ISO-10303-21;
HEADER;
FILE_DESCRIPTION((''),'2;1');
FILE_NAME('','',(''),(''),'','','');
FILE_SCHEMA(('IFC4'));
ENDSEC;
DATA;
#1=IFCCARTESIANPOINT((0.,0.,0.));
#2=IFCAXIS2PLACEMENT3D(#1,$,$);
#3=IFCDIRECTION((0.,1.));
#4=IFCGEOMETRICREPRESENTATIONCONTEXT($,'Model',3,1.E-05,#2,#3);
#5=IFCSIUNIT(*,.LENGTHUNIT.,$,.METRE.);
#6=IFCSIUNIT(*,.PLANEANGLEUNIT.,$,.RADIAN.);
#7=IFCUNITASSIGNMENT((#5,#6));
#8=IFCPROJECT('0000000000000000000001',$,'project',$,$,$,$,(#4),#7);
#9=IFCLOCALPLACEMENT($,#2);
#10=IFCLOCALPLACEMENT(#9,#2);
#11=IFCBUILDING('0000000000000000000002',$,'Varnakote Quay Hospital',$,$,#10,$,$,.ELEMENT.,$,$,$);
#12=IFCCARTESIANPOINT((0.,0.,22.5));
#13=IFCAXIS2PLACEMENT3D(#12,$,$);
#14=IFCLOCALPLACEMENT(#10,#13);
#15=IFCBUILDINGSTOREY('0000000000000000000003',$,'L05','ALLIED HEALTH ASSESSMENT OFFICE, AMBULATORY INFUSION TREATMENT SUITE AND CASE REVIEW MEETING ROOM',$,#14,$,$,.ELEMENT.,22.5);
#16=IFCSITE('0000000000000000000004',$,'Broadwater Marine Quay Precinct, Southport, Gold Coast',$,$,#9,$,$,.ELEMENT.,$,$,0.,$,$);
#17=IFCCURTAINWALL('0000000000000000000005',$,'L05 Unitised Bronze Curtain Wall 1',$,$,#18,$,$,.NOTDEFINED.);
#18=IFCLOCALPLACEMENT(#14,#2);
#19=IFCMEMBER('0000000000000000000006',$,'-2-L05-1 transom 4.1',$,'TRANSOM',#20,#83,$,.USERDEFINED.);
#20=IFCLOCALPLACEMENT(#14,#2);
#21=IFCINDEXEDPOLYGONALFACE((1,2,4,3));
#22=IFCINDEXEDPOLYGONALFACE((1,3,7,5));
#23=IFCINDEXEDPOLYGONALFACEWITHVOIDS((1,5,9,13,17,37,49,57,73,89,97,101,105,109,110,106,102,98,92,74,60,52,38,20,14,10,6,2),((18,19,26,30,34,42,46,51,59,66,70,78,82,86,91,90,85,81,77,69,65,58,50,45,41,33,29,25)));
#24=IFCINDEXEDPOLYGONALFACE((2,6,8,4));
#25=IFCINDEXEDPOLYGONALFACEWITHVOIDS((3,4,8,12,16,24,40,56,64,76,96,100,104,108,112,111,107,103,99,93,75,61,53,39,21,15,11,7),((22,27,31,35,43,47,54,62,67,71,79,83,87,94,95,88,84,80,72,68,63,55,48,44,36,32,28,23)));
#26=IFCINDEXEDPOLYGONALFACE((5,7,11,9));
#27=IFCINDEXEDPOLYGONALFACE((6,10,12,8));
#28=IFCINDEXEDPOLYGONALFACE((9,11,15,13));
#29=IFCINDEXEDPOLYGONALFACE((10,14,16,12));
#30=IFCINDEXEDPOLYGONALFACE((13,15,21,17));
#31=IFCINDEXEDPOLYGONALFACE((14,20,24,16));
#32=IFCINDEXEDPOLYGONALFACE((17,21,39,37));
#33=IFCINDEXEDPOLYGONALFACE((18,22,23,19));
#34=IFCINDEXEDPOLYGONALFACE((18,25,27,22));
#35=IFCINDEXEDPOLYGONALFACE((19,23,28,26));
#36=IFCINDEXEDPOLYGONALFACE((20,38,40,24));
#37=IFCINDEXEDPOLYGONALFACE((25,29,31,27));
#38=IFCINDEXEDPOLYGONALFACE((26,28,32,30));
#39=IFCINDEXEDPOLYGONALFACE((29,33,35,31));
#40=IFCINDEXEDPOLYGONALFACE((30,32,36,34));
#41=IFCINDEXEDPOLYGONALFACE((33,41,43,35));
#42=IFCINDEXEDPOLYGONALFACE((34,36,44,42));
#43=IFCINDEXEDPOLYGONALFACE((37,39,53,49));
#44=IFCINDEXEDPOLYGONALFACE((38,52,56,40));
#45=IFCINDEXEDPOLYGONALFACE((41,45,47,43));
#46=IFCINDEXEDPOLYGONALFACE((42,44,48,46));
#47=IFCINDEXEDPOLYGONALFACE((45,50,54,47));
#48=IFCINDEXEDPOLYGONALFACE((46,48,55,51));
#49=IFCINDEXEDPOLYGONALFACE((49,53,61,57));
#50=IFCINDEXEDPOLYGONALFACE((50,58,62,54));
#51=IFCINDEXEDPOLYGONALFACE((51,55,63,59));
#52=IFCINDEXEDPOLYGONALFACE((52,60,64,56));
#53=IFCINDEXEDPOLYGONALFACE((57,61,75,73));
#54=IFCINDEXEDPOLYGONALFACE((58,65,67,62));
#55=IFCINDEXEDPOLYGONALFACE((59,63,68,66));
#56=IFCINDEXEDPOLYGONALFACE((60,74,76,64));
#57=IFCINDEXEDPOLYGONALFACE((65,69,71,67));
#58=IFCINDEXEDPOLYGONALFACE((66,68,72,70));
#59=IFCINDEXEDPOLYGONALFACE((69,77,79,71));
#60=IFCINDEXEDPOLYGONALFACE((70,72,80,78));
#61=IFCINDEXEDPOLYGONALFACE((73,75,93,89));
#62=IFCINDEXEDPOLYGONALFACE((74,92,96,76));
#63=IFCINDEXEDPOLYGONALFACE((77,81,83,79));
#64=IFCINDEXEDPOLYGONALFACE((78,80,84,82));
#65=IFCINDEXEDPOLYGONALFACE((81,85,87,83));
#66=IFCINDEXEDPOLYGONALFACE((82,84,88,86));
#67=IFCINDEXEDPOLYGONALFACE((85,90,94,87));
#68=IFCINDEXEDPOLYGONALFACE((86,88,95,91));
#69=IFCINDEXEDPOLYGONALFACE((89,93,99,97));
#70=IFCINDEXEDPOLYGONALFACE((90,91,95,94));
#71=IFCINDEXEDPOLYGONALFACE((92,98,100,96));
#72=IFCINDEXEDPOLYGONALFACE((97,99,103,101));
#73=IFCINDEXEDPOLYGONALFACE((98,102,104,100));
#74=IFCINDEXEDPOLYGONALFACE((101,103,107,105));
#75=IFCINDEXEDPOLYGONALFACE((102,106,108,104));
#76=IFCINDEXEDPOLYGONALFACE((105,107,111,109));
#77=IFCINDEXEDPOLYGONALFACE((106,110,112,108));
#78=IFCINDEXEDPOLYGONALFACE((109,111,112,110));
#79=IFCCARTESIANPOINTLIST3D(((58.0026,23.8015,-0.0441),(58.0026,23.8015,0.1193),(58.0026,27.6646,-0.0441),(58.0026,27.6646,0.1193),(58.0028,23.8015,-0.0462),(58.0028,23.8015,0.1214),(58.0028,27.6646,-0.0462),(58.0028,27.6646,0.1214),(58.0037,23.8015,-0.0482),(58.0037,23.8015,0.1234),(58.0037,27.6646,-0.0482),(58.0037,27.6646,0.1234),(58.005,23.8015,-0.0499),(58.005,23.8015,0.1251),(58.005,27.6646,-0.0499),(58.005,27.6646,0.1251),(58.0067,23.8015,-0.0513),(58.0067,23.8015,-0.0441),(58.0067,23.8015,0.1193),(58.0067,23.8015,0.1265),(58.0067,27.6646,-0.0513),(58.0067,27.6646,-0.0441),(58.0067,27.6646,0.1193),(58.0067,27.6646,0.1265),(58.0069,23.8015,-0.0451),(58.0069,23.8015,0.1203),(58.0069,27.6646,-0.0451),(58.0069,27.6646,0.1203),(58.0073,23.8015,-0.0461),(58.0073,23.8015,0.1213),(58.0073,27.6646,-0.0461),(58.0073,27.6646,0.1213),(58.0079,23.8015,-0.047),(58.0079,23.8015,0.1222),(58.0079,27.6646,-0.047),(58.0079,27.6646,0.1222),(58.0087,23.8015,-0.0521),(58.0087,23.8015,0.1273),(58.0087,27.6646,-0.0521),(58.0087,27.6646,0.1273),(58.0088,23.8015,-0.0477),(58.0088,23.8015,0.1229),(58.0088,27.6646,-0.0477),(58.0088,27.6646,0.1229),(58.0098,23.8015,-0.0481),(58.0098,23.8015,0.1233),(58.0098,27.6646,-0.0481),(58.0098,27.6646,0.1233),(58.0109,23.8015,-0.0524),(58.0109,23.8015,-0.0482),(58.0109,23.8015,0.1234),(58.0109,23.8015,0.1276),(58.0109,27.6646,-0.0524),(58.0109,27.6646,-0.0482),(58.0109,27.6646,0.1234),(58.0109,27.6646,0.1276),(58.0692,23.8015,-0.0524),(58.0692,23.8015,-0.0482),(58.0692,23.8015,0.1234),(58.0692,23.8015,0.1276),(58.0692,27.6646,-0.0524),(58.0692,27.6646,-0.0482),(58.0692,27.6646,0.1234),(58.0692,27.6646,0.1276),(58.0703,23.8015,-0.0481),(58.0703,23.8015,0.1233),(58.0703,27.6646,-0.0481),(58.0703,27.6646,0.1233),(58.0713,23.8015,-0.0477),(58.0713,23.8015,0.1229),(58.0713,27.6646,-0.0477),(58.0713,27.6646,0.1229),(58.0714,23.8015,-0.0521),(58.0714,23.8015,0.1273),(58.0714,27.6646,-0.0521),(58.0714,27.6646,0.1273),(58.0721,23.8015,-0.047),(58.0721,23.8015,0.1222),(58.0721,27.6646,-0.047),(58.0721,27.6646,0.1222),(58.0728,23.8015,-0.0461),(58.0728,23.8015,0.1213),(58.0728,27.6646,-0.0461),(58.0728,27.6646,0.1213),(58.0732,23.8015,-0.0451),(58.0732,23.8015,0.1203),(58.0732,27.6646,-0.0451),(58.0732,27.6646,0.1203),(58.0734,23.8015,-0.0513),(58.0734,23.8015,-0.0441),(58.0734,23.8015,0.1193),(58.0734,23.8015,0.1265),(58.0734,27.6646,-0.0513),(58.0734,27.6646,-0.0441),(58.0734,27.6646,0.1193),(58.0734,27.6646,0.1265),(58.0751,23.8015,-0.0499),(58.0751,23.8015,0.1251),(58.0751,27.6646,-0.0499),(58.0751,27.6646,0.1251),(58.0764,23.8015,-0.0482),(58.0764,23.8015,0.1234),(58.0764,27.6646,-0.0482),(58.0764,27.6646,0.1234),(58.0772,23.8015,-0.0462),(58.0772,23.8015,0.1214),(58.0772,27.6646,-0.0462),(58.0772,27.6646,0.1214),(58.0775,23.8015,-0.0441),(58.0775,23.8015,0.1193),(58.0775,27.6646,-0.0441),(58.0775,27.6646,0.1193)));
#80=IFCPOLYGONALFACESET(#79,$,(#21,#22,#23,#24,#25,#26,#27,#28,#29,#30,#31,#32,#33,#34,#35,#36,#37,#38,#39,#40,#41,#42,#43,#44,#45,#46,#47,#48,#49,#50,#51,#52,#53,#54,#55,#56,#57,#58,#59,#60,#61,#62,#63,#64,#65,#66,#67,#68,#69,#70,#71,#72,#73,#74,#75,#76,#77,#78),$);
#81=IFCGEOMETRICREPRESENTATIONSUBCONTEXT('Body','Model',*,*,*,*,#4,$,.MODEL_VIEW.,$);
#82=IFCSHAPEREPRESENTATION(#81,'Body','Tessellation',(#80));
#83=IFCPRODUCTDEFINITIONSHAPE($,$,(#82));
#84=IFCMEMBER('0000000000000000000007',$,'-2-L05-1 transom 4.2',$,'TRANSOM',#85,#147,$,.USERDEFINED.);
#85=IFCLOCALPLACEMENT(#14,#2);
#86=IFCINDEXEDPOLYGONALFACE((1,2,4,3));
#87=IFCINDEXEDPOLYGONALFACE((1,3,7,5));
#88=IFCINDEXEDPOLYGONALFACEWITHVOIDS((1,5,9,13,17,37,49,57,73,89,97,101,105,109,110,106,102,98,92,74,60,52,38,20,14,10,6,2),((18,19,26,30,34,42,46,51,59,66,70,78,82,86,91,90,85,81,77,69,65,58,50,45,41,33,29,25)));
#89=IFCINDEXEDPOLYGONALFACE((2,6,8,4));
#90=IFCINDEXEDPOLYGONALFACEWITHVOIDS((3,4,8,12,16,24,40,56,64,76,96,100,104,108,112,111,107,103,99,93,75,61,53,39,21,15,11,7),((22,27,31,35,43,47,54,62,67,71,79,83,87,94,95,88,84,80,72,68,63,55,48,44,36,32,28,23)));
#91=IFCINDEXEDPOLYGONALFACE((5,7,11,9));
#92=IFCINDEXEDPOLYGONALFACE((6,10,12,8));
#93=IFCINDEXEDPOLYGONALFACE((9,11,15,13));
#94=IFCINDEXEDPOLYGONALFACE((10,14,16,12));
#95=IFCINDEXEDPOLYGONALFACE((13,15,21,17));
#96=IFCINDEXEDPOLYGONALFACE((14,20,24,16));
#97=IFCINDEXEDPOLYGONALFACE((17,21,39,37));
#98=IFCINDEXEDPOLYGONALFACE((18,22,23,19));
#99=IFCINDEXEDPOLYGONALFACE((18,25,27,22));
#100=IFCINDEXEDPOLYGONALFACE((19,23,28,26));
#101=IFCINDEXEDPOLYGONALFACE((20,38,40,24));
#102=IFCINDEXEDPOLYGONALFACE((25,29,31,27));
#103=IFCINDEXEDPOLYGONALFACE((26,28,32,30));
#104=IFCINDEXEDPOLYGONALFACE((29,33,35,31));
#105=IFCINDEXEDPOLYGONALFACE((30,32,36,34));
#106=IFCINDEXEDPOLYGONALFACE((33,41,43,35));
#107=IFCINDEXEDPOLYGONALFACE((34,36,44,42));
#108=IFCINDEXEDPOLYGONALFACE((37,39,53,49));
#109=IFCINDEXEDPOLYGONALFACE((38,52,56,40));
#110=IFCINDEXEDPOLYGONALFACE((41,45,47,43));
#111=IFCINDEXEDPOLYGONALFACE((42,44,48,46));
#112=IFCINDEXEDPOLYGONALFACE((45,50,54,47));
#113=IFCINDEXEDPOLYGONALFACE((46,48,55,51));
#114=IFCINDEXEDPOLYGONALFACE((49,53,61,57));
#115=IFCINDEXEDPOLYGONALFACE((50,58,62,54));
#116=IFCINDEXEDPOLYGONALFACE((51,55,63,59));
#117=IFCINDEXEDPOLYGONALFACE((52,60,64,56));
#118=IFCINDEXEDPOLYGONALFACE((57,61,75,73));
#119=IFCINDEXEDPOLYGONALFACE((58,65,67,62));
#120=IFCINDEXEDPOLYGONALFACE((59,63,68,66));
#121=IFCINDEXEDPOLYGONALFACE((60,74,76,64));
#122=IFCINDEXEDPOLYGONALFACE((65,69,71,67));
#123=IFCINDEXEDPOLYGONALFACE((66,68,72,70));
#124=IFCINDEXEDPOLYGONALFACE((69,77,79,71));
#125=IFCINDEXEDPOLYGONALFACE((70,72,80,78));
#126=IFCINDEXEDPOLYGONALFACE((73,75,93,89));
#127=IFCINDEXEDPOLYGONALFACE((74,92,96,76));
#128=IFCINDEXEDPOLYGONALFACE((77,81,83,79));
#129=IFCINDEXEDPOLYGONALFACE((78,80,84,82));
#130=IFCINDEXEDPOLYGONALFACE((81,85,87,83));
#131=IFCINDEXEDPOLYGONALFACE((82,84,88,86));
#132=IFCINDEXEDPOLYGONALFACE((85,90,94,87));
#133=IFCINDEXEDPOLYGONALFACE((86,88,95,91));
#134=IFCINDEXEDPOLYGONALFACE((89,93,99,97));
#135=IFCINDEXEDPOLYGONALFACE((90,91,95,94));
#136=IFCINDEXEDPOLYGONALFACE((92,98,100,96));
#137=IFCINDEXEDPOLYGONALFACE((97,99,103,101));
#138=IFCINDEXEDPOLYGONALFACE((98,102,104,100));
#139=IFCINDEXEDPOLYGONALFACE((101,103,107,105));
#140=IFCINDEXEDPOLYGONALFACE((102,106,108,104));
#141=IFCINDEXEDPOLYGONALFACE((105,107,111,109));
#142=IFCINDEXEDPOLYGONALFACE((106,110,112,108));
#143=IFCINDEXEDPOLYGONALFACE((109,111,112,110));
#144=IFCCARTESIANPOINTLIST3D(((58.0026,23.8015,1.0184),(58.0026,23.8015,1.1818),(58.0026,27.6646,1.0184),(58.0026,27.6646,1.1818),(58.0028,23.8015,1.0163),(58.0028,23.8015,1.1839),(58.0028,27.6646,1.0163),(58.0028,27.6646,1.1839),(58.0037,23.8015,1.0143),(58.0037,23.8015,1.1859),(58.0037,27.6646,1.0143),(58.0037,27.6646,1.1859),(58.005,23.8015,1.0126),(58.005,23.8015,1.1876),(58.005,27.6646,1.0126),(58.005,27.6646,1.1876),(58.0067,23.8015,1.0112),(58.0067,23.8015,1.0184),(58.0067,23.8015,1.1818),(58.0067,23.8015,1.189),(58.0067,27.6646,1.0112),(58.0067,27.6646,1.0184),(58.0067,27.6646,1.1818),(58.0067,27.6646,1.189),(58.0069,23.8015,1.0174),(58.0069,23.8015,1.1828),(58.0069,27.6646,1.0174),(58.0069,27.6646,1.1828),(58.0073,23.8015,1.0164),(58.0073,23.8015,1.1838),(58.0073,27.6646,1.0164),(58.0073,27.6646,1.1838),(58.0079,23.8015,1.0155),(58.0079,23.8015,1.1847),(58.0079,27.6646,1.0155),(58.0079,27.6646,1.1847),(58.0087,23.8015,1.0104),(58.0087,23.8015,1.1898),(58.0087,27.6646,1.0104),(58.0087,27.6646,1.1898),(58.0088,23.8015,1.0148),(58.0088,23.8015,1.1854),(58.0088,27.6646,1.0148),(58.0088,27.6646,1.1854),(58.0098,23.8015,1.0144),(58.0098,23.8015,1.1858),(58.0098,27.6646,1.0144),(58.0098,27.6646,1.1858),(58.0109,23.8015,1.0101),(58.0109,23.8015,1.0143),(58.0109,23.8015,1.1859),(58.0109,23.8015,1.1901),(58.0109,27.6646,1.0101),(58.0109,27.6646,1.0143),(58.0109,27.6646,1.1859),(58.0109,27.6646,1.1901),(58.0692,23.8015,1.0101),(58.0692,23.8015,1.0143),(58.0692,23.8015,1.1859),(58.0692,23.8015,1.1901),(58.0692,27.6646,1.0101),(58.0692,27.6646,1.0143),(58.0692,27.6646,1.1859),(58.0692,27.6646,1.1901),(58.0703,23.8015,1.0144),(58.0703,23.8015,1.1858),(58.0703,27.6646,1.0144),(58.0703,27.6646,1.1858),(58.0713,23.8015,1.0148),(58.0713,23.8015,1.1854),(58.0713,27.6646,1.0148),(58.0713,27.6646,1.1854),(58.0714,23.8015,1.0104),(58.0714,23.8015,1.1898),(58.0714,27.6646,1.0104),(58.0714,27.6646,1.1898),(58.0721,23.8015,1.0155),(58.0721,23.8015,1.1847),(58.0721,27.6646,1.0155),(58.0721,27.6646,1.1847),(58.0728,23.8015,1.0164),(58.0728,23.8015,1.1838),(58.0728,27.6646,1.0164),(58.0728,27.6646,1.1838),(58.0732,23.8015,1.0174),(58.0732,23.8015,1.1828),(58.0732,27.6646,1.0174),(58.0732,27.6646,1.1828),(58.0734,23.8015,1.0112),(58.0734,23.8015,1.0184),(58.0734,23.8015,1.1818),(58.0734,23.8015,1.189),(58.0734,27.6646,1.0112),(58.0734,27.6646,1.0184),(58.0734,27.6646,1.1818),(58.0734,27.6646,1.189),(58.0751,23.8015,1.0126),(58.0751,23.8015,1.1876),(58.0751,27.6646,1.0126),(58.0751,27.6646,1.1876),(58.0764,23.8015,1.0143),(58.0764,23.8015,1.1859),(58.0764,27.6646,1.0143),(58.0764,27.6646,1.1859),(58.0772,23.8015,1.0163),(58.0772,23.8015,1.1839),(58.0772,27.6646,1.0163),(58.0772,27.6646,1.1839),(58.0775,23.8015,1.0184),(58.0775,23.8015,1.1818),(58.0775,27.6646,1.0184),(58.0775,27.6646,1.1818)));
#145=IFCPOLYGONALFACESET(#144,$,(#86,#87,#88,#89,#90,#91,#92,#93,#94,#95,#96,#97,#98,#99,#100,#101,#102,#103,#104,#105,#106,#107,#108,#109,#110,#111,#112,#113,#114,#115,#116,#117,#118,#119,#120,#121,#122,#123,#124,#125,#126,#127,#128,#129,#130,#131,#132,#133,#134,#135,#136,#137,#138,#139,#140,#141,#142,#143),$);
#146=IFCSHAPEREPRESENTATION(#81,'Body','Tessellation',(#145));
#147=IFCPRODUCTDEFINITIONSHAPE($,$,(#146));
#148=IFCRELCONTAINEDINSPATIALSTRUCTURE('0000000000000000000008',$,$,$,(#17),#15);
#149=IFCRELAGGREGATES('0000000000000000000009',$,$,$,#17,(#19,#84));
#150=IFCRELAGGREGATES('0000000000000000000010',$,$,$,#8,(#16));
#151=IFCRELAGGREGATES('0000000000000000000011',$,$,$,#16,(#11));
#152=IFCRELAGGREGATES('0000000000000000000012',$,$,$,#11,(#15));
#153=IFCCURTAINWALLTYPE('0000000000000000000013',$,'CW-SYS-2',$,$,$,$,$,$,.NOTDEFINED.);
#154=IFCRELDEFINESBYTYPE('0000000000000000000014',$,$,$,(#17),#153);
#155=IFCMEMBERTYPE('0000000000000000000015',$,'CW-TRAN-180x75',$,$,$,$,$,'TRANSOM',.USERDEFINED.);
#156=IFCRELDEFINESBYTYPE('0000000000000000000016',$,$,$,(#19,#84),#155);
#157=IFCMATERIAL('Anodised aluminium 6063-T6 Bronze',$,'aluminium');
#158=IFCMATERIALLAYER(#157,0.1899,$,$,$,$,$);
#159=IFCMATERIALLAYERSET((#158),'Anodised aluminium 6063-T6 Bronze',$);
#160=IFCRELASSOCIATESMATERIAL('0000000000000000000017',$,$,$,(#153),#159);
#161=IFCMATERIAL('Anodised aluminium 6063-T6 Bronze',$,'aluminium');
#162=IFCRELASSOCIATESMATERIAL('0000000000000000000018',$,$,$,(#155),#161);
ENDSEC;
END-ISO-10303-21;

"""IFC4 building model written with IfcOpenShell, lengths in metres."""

from ifc_helpers import new_model, si_unit, direction, frame, origin, origin_2d, place, context, subcontext, project, spatial, hollow_rectangle, extrude, material, layer, layer_set, material_profile, profile_set, type_object, element, aggregate, save


model = new_model("IFC4")

# Units and contexts
model_context = context("Model", 3, precision=1e-05, world=origin(), true_north=direction((0.0, 1.0)))
body_context = subcontext(model_context, "Body", "Model", "MODEL_VIEW")
ifc_project = project(units=[si_unit("LENGTHUNIT", "METRE"), si_unit("PLANEANGLEUNIT", "RADIAN")], contexts=[model_context])

# Site, building, storey
site_placement = place(None, origin())
site = spatial("IfcSite", under=ifc_project, at=site_placement, Name="Broadwater Marine Quay Precinct, Southport, Gold Coast", CompositionType="ELEMENT", RefElevation=0.0)
building_placement = place(site_placement, origin())
building = spatial("IfcBuilding", under=site, at=building_placement, Name="Varnakote Quay Hospital", CompositionType="ELEMENT")
storey_placement = place(building_placement, frame((0.0, 0.0, 22.5)))
storey = spatial("IfcBuildingStorey", under=building, at=storey_placement, Name="L05", Description="ALLIED HEALTH ASSESSMENT OFFICE, AMBULATORY INFUSION TREATMENT SUITE AND CASE REVIEW MEETING ROOM", CompositionType="ELEMENT", Elevation=22.5)

# Curtain wall
ifc_material_1 = material(Name="Anodised aluminium 6063-T6 Bronze", Category="aluminium")
ifc_layer_1 = layer(ifc_material_1, 0.1899)
ifc_layer_set_1 = layer_set([ifc_layer_1], Name="Anodised aluminium 6063-T6 Bronze")
curtain_wall_type = type_object("IfcCurtainWallType", Name="CW-SYS-2", PredefinedType="NOTDEFINED", material=ifc_layer_set_1)
curtain_wall_1_placement = place(storey_placement, origin())
curtain_wall_1 = element("IfcCurtainWall", 1, at=curtain_wall_1_placement, inside=storey, type_object=curtain_wall_type, Name="L05 Unitised Bronze Curtain Wall 1", PredefinedType="NOTDEFINED")

# Members
ifc_material_2 = material(Name="Anodised aluminium 6063-T6 Bronze", Category="aluminium")
ifc_material_profile_1 = material_profile(ifc_material_2, hollow_rectangle(XDim=0.075, YDim=0.1799, WallThickness=0.0042, InnerFilletRadius=0.0042, OuterFilletRadius=0.0083, at=origin_2d()), Name="CW-TRAN-180x75")
ifc_profile_set_1 = profile_set([ifc_material_profile_1], Name="Anodised aluminium 6063-T6 Bronze")
member_type_1 = type_object("IfcMemberType", Name="CW-TRAN-180x75", ElementType="TRANSOM", PredefinedType="USERDEFINED", material=ifc_profile_set_1)
member_1_placement = place(storey_placement, frame((58.04, 23.8015, 0.0376), z_axis=(0.0, 1.0, 0.0), x_axis=(-1.0, 0.0, 0.0)))
member_1 = element("IfcMember", 2, at=member_1_placement, type_object=member_type_1, Name="-2-L05-1 transom 4.1", ObjectType="TRANSOM", PredefinedType="USERDEFINED", context=body_context, shape_type="SweptSolid", body=[
    extrude(hollow_rectangle(XDim=0.075, YDim=0.1799, WallThickness=0.0042, InnerFilletRadius=0.0042, OuterFilletRadius=0.0083, at=origin_2d()), origin(), (0.0, 0.0, 1.0), 3.863),
])
member_2_placement = place(storey_placement, frame((58.04, 23.8015, 1.1001), z_axis=(0.0, 1.0, 0.0), x_axis=(-1.0, 0.0, 0.0)))
member_2 = element("IfcMember", 3, at=member_2_placement, type_object=member_type_1, Name="-2-L05-1 transom 4.2", ObjectType="TRANSOM", PredefinedType="USERDEFINED", context=body_context, shape_type="SweptSolid", body=[
    extrude(hollow_rectangle(XDim=0.075, YDim=0.1799, WallThickness=0.0042, InnerFilletRadius=0.0042, OuterFilletRadius=0.0083, at=origin_2d()), origin(), (0.0, 0.0, 1.0), 3.863),
])

aggregate(curtain_wall_1, [member_1, member_2])

save(model, "model.ifc")
